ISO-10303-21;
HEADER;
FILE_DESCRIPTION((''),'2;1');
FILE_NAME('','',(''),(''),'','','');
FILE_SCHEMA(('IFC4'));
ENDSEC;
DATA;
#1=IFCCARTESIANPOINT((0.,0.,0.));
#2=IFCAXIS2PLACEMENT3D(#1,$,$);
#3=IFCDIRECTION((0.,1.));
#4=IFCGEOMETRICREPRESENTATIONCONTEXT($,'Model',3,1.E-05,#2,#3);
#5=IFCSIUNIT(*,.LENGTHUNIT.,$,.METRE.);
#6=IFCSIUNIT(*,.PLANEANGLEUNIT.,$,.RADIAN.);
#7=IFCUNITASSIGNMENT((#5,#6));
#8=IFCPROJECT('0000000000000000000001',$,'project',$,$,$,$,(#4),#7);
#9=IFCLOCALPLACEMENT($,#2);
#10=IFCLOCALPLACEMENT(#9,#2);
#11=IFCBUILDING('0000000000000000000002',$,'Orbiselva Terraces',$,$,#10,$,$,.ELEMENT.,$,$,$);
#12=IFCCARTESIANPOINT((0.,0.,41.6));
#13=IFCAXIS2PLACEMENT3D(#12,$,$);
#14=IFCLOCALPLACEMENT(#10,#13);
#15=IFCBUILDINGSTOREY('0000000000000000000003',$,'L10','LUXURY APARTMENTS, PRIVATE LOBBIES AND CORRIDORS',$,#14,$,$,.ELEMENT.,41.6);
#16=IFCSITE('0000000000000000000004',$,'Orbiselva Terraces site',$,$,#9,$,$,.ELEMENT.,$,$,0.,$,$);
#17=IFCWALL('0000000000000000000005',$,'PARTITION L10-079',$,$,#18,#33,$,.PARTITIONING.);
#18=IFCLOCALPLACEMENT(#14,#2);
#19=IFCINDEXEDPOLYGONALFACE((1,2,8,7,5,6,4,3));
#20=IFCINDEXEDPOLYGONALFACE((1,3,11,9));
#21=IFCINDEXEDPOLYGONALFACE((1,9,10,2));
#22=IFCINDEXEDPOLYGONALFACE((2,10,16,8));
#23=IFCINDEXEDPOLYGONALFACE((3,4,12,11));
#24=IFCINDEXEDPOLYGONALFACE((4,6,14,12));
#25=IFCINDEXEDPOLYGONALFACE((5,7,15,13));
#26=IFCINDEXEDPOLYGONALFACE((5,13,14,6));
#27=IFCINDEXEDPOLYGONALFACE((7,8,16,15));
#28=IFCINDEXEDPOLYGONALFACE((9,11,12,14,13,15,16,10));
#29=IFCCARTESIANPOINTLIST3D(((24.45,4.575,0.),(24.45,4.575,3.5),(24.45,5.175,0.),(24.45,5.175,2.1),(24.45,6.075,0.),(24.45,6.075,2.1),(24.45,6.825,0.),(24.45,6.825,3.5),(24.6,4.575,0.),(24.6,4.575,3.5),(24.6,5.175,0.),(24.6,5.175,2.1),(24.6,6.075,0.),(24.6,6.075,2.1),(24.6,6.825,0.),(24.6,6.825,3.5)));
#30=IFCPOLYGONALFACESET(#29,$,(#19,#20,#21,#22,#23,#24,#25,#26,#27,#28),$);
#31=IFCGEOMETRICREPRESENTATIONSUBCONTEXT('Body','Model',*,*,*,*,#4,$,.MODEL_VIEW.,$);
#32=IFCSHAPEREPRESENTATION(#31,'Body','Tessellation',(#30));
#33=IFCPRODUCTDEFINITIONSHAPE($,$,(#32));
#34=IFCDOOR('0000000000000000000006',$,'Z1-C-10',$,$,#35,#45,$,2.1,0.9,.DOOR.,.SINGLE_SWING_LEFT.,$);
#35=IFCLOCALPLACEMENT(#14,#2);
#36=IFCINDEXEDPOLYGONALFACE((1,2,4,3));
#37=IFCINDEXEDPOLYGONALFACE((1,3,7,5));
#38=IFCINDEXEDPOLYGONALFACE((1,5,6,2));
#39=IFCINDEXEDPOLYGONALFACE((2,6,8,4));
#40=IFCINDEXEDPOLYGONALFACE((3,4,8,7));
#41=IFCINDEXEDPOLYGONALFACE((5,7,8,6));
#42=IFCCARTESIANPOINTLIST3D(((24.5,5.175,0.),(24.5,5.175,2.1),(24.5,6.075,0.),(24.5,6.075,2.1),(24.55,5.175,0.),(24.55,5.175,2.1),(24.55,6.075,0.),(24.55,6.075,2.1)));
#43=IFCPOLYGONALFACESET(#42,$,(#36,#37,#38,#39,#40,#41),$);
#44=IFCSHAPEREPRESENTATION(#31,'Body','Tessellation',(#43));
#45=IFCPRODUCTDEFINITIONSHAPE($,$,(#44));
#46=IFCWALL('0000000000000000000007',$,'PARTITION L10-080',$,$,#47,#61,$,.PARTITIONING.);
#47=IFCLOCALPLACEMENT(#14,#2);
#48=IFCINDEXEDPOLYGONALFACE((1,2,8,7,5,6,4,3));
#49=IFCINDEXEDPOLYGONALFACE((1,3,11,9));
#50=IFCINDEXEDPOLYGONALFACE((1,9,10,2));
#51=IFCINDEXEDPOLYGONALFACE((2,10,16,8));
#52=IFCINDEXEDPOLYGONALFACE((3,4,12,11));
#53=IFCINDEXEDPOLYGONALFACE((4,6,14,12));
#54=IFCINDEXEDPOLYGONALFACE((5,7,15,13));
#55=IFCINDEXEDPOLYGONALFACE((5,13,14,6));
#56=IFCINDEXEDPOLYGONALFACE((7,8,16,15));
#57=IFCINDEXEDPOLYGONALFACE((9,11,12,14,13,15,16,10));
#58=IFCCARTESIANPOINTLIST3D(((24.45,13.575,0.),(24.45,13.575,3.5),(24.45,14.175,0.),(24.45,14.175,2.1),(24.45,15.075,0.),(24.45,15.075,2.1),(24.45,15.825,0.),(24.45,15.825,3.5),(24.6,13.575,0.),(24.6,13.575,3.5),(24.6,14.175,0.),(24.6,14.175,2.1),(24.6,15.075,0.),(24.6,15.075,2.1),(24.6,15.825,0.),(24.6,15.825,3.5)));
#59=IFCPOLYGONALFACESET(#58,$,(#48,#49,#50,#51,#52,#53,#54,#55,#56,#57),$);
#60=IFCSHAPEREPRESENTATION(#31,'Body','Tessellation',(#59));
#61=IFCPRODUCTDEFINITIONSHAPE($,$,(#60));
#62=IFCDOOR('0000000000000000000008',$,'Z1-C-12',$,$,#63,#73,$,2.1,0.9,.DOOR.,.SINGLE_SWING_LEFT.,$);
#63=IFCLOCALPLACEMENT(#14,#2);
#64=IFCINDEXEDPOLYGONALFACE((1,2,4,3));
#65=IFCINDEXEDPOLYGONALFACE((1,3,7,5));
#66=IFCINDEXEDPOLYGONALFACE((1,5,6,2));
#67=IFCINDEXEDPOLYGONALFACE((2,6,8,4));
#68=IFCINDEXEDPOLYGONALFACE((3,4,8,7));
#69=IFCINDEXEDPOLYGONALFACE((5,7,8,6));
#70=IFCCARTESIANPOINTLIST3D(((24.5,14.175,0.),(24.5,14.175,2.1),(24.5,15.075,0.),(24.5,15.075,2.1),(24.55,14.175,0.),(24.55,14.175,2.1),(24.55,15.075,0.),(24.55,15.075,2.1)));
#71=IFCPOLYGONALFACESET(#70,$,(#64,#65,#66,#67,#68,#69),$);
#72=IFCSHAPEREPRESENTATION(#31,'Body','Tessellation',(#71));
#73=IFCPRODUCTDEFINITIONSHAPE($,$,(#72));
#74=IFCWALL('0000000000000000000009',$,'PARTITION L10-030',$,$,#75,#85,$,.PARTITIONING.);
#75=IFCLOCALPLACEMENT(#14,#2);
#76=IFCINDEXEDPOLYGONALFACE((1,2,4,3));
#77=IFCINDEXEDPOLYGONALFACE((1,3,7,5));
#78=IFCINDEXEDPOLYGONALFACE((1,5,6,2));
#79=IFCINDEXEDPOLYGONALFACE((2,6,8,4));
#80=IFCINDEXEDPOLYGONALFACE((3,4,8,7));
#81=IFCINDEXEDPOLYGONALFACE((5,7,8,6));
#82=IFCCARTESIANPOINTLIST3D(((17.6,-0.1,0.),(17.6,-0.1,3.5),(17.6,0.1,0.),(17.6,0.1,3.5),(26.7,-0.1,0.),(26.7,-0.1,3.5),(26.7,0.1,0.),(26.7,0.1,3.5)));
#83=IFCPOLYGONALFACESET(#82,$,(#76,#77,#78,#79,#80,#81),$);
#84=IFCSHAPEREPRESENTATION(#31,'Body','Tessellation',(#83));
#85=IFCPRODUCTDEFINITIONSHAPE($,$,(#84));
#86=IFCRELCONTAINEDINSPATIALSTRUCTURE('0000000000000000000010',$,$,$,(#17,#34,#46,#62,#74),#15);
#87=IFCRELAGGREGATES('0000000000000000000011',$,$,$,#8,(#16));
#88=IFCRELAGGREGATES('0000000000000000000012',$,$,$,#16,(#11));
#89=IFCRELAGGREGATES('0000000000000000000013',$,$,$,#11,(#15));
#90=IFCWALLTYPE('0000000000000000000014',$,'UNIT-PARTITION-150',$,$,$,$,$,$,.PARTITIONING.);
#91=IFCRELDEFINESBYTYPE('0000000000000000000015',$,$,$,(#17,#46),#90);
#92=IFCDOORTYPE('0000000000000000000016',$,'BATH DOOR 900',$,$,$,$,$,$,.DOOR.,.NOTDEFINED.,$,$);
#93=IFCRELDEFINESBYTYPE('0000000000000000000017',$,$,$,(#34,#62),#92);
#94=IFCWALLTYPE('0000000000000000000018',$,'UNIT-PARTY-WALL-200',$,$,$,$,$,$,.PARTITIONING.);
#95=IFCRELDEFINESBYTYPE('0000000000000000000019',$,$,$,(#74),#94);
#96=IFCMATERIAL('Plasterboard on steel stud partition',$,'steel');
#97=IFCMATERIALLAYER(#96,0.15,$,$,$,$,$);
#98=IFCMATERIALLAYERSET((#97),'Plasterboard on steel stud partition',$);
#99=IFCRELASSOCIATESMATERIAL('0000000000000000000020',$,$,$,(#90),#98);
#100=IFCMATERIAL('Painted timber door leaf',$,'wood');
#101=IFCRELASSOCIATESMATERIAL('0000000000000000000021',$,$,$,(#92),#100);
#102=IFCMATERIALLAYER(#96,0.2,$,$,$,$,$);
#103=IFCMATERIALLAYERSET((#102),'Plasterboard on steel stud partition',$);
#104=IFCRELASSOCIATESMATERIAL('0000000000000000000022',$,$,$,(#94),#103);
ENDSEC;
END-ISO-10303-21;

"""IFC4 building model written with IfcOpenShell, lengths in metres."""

from ifc_helpers import new_model, si_unit, direction, frame, frame_2d, origin, place, context, subcontext, project, spatial, rectangle, extrude, material, layer, layer_set, type_object, element, fill, save


model = new_model("IFC4")

# Units and contexts
model_context = context("Model", 3, precision=1e-05, world=origin(), true_north=direction((0.0, 1.0)))
body_context = subcontext(model_context, "Body", "Model", "MODEL_VIEW")
ifc_project = project(units=[si_unit("LENGTHUNIT", "METRE"), si_unit("PLANEANGLEUNIT", "RADIAN")], contexts=[model_context])

# Site, building, storey
site_placement = place(None, origin())
site = spatial("IfcSite", under=ifc_project, at=site_placement, Name="Orbiselva Terraces site", CompositionType="ELEMENT", RefElevation=0.0)
building_placement = place(site_placement, origin())
building = spatial("IfcBuilding", under=site, at=building_placement, Name="Orbiselva Terraces", CompositionType="ELEMENT")
storey_placement = place(building_placement, frame((0.0, 0.0, 41.6)))
storey = spatial("IfcBuildingStorey", under=building, at=storey_placement, Name="L10", Description="LUXURY APARTMENTS, PRIVATE LOBBIES AND CORRIDORS", CompositionType="ELEMENT", Elevation=41.6)

# Shared definitions
ifc_material_1 = material(Name="Plasterboard on steel stud partition", Category="steel")
ifc_material_2 = material(Name="Painted timber door leaf", Category="wood")

# Shared definitions
ifc_layer_1 = layer(ifc_material_1, 0.15)
ifc_layer_set_1 = layer_set([ifc_layer_1], Name="Plasterboard on steel stud partition")
wall_type_1 = type_object("IfcWallType", Name="UNIT-PARTITION-150", PredefinedType="PARTITIONING", material=ifc_layer_set_1)

# Walls, openings, doors
wall_1_placement = place(storey_placement, frame((24.525, 4.575, 0.0), z_axis=(0.0, 0.0, 1.0), x_axis=(0.0, 1.0, 0.0)))
wall_1 = element("IfcWall", 1, at=wall_1_placement, inside=storey, type_object=wall_type_1, Name="PARTITION L10-079", PredefinedType="PARTITIONING", context=body_context, shape_type="SweptSolid", body=[
    extrude(rectangle(XDim=2.25, YDim=0.15, at=frame_2d((1.125, 0.0))), origin(), (0.0, 0.0, 1.0), 3.5),
])
opening_1_placement = place(wall_1_placement, frame((0.6, 0.0, 0.0)))
opening_1 = element("IfcOpeningElement", 2, at=opening_1_placement, cuts=wall_1, PredefinedType="OPENING", context=body_context, shape_type="SweptSolid", body=[
    extrude(rectangle(XDim=0.9, YDim=2.1, at=frame_2d((0.45, 1.05))), frame((0.0, 0.085, 0.0), z_axis=(0.0, -1.0, 0.0), x_axis=(1.0, 0.0, 0.0)), (0.0, 0.0, 1.0), 0.17),
])
door_type_1 = type_object("IfcDoorType", Name="BATH DOOR 900", OperationType="NOTDEFINED", PredefinedType="DOOR", material=ifc_material_2)
door_1_placement = place(opening_1_placement, origin())
door_1 = element("IfcDoor", 3, at=door_1_placement, inside=storey, type_object=door_type_1, Name="Z1-C-10", OperationType="SINGLE_SWING_LEFT", OverallHeight=2.1, OverallWidth=0.9, PredefinedType="DOOR", context=body_context, shape_type="SweptSolid", body=[
    extrude(rectangle(XDim=0.9, YDim=2.1, at=frame_2d((0.45, 1.05))), frame((0.0, 0.025, 0.0), z_axis=(0.0, -1.0, 0.0), x_axis=(1.0, 0.0, 0.0)), (0.0, 0.0, 1.0), 0.05),
])
fill(opening_1, door_1)
wall_2_placement = place(storey_placement, frame((24.525, 13.575, 0.0), z_axis=(0.0, 0.0, 1.0), x_axis=(0.0, 1.0, 0.0)))
wall_2 = element("IfcWall", 4, at=wall_2_placement, inside=storey, type_object=wall_type_1, Name="PARTITION L10-080", PredefinedType="PARTITIONING", context=body_context, shape_type="SweptSolid", body=[
    extrude(rectangle(XDim=2.25, YDim=0.15, at=frame_2d((1.125, 0.0))), origin(), (0.0, 0.0, 1.0), 3.5),
])
opening_2_placement = place(wall_2_placement, frame((0.6, 0.0, 0.0)))
opening_2 = element("IfcOpeningElement", 5, at=opening_2_placement, cuts=wall_2, PredefinedType="OPENING", context=body_context, shape_type="SweptSolid", body=[
    extrude(rectangle(XDim=0.9, YDim=2.1, at=frame_2d((0.45, 1.05))), frame((0.0, 0.085, 0.0), z_axis=(0.0, -1.0, 0.0), x_axis=(1.0, 0.0, 0.0)), (0.0, 0.0, 1.0), 0.17),
])
door_2_placement = place(opening_2_placement, origin())
door_2 = element("IfcDoor", 6, at=door_2_placement, inside=storey, type_object=door_type_1, Name="Z1-C-12", OperationType="SINGLE_SWING_LEFT", OverallHeight=2.1, OverallWidth=0.9, PredefinedType="DOOR", context=body_context, shape_type="SweptSolid", body=[
    extrude(rectangle(XDim=0.9, YDim=2.1, at=frame_2d((0.45, 1.05))), frame((0.0, 0.025, 0.0), z_axis=(0.0, -1.0, 0.0), x_axis=(1.0, 0.0, 0.0)), (0.0, 0.0, 1.0), 0.05),
])
fill(opening_2, door_2)

# Wall
ifc_layer_2 = layer(ifc_material_1, 0.2)
ifc_layer_set_2 = layer_set([ifc_layer_2], Name="Plasterboard on steel stud partition")
wall_type_2 = type_object("IfcWallType", Name="UNIT-PARTY-WALL-200", PredefinedType="PARTITIONING", material=ifc_layer_set_2)
wall_3_placement = place(storey_placement, frame((17.6, 0.0, 0.0), z_axis=(0.0, 0.0, 1.0), x_axis=(1.0, 0.0, 0.0)))
element("IfcWall", 7, at=wall_3_placement, inside=storey, type_object=wall_type_2, Name="PARTITION L10-030", PredefinedType="PARTITIONING", context=body_context, shape_type="SweptSolid", body=[
    extrude(rectangle(XDim=9.1, YDim=0.2, at=frame_2d((4.55, 0.0))), origin(), (0.0, 0.0, 1.0), 3.5),
])

save(model, "model.ifc")
